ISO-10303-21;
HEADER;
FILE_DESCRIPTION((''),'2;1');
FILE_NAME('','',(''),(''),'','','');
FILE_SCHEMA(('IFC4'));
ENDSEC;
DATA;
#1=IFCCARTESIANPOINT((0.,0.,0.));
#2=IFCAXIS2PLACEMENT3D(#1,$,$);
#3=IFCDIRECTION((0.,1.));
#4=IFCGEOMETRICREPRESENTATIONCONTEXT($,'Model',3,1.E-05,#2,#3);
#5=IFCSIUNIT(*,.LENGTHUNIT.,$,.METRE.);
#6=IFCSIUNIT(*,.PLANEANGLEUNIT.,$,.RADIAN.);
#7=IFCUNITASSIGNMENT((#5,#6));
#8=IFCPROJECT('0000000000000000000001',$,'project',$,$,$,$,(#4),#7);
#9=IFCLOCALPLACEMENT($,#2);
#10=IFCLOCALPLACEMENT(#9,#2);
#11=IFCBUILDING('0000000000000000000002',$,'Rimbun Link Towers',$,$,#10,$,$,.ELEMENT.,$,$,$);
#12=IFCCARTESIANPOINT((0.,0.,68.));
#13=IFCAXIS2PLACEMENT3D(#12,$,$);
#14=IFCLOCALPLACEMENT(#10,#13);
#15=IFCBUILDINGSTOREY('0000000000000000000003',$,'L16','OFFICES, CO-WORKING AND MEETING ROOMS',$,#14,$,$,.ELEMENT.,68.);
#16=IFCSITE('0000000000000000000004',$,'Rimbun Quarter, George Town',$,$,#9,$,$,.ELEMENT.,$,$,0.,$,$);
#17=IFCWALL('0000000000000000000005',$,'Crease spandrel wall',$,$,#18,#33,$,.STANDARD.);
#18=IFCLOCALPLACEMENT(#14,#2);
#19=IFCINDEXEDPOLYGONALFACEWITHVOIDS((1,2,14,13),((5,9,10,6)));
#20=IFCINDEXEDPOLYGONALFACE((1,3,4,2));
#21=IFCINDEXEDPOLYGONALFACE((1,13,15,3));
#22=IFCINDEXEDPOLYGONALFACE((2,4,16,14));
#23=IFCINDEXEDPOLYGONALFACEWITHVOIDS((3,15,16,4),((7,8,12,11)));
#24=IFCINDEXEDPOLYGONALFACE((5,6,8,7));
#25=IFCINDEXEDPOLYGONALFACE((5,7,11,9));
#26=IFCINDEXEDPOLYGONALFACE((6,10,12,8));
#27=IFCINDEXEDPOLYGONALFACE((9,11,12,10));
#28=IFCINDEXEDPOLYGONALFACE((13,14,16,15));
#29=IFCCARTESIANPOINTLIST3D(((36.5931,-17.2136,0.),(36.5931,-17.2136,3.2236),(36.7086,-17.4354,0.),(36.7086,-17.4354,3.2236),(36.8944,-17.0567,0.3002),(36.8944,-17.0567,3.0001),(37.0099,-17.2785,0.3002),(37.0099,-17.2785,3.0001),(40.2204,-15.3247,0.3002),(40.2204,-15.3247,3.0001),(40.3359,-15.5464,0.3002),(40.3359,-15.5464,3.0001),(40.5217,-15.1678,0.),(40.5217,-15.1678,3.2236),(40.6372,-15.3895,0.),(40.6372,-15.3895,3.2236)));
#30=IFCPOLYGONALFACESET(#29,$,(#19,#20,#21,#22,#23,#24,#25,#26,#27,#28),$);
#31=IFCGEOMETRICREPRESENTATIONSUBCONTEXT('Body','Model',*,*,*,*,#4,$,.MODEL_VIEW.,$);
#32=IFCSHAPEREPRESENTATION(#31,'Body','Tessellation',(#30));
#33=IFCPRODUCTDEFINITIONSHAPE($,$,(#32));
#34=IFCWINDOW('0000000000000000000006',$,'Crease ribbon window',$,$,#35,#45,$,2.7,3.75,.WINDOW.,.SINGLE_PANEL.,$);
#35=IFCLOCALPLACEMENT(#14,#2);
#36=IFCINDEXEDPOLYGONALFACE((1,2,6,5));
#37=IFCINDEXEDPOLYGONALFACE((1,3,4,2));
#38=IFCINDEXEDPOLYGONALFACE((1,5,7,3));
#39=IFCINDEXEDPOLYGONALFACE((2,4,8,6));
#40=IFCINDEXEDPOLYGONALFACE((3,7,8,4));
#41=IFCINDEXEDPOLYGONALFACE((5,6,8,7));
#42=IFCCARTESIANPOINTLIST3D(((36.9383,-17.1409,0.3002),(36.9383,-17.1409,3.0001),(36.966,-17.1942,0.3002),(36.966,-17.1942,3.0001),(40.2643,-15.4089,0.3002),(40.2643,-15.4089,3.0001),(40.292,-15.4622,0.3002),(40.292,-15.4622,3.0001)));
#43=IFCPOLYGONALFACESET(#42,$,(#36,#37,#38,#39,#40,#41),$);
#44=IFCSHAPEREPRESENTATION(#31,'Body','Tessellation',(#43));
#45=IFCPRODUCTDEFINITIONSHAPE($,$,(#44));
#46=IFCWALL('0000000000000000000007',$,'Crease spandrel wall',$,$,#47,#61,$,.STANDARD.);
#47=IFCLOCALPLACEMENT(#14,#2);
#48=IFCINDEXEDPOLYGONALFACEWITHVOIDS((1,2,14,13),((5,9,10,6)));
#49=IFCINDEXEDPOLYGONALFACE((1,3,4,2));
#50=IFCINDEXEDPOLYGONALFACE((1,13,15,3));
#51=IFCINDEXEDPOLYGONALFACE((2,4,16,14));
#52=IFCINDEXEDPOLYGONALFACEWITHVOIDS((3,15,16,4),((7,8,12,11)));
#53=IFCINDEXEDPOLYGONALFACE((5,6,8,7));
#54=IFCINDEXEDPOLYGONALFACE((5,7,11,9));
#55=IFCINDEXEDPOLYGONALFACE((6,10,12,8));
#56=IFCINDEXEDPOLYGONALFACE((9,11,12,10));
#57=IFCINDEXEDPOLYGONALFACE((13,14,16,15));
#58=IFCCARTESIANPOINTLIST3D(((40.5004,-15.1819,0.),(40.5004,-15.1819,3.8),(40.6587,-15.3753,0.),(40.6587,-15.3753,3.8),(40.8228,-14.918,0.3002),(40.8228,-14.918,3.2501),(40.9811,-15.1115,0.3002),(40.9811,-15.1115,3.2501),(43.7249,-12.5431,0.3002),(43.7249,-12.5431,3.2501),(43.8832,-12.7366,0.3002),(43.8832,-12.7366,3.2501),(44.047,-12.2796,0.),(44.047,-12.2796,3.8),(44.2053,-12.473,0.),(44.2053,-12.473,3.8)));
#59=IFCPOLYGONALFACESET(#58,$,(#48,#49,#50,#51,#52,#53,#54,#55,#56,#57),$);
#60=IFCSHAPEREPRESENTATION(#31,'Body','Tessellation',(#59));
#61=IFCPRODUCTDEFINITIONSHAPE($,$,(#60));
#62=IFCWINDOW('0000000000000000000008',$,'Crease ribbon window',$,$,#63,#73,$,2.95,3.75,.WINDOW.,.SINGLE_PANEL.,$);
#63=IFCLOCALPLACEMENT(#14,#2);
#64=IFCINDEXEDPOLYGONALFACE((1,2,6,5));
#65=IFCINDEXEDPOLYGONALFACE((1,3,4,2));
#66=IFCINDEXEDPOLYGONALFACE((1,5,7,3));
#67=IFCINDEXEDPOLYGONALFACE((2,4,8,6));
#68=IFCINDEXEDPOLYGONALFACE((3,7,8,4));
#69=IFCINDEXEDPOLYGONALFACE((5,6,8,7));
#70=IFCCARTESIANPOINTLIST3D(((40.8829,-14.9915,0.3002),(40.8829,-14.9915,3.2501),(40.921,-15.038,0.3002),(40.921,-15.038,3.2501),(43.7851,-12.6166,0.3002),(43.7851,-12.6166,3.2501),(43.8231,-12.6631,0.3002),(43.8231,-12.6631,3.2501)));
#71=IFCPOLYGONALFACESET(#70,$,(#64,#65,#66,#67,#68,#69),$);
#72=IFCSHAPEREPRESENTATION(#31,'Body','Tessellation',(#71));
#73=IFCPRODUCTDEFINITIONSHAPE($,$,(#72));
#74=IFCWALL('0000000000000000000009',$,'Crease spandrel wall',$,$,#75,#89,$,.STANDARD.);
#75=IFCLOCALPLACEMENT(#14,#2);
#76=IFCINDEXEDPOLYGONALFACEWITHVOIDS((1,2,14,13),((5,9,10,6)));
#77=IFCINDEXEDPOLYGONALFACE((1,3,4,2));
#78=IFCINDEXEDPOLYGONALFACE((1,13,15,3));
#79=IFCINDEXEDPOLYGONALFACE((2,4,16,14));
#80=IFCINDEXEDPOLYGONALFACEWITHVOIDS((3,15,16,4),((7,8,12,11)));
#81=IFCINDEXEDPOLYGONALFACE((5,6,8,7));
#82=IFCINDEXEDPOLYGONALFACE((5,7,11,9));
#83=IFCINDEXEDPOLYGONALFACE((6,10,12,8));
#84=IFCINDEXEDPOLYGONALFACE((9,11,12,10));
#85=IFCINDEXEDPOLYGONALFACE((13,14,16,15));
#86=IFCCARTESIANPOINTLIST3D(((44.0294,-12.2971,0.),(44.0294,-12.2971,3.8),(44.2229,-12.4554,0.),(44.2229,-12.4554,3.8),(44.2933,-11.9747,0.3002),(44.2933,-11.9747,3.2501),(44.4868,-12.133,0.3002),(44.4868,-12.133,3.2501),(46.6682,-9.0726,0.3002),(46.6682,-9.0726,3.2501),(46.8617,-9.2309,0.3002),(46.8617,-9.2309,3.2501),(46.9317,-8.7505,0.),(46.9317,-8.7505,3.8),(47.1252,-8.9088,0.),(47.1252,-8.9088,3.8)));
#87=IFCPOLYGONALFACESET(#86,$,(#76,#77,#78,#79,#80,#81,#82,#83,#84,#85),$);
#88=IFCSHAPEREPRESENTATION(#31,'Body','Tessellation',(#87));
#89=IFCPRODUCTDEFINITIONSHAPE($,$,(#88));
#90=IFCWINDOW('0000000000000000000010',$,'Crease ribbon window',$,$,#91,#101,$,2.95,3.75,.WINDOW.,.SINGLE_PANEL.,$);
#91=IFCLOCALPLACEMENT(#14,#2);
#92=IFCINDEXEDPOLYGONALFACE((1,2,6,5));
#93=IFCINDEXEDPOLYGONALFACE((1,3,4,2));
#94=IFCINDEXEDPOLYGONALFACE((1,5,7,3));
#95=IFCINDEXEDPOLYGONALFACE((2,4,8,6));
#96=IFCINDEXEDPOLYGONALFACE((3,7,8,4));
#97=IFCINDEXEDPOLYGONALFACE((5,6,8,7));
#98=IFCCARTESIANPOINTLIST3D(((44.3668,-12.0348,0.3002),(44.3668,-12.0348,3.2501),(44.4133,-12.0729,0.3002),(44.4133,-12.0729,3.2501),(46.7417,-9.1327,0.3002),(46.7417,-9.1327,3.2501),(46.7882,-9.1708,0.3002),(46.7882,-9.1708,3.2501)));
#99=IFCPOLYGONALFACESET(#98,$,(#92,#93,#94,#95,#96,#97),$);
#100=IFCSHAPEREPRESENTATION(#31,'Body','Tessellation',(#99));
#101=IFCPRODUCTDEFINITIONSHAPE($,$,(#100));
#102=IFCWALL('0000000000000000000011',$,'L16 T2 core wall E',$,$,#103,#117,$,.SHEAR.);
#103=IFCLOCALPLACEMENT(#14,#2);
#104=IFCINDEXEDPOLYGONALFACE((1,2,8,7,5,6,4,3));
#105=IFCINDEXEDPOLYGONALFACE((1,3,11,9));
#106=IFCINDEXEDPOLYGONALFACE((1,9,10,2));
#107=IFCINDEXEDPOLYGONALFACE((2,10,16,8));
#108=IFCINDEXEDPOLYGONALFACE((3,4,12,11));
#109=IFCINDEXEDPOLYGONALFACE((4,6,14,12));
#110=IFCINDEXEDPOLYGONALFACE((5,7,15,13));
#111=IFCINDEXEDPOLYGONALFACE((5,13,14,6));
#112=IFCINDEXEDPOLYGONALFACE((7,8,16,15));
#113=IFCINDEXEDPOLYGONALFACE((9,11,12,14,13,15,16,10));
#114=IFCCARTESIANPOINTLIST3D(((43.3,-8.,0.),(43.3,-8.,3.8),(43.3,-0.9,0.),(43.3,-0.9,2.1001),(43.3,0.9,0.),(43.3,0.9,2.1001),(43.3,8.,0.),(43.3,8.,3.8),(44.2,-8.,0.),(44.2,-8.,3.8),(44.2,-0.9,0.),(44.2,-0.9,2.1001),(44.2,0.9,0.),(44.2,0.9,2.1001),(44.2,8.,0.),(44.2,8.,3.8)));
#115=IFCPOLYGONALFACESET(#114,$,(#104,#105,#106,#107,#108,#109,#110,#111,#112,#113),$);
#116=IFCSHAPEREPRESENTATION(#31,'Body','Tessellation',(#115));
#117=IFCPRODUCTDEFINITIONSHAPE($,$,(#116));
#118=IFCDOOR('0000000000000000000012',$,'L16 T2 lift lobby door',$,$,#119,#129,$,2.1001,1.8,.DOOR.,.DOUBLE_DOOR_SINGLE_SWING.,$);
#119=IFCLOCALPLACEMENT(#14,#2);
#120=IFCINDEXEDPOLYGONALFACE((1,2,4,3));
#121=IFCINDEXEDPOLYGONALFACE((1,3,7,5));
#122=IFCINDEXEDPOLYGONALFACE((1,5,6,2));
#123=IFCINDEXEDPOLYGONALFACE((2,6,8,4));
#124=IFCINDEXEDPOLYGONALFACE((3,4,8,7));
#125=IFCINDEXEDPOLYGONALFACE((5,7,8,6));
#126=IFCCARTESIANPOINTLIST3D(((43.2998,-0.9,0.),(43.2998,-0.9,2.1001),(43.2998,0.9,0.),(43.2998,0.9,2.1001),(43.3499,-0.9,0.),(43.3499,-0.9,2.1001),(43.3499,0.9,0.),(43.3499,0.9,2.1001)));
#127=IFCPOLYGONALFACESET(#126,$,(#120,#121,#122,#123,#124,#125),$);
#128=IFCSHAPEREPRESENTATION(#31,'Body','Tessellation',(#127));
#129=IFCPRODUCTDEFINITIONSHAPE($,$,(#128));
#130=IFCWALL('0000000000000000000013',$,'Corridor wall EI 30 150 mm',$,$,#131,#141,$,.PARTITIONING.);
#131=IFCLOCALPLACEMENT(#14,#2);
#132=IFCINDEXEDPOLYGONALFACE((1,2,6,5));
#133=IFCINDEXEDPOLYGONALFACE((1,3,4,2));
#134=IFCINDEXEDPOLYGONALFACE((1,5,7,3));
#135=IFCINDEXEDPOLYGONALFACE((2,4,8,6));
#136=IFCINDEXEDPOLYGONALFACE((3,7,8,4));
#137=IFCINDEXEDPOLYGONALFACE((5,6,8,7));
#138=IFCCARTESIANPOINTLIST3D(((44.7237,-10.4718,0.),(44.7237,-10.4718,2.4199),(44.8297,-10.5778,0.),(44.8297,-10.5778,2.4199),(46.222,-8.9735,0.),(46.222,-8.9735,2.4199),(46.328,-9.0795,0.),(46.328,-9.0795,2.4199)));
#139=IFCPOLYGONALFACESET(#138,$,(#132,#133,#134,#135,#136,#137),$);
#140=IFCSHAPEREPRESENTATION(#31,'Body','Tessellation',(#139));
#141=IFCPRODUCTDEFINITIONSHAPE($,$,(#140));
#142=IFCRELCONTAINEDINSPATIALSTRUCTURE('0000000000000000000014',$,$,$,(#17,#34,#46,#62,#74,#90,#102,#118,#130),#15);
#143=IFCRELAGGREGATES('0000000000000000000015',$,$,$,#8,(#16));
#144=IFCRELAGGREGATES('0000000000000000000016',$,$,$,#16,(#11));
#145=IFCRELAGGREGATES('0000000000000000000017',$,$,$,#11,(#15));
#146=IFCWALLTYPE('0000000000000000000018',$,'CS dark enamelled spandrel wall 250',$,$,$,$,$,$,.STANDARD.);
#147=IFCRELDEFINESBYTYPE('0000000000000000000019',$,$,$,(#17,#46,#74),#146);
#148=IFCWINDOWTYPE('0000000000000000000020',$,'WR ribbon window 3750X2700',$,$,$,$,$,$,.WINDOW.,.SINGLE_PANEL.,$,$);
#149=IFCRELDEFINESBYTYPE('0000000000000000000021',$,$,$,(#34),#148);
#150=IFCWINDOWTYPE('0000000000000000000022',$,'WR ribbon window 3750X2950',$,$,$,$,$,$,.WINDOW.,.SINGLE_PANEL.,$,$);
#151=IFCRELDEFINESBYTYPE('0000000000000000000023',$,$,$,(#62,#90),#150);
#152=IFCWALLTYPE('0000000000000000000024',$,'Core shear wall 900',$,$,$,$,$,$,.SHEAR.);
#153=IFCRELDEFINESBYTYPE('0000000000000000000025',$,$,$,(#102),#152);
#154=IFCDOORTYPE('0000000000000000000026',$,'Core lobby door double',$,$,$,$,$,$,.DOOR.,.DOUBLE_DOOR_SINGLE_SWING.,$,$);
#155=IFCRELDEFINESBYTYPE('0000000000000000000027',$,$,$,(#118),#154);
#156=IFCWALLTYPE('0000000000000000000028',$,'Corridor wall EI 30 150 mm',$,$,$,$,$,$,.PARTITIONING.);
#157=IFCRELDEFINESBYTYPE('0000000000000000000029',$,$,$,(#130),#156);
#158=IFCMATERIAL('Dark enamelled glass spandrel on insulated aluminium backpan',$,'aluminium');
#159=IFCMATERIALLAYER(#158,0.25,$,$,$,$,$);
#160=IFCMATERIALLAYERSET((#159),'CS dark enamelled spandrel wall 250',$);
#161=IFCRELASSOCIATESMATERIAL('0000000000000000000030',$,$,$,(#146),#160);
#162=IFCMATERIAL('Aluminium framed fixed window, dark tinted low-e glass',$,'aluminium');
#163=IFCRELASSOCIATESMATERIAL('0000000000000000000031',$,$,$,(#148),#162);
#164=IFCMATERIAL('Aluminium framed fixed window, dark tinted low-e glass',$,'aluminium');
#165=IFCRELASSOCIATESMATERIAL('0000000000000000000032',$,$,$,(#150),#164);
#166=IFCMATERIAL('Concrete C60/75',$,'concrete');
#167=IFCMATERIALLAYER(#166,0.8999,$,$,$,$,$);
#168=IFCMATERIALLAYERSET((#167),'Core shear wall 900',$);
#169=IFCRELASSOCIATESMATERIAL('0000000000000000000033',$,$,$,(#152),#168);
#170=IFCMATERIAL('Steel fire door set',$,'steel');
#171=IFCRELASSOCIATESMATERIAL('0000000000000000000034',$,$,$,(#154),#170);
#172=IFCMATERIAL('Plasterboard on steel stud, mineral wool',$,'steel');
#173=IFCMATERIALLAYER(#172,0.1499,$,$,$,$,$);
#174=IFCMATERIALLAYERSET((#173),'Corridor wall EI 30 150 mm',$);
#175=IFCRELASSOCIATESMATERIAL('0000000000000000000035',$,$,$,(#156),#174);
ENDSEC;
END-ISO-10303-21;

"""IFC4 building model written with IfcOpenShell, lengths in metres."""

from ifc_helpers import new_model, si_unit, direction, frame, frame_2d, origin, place, context, subcontext, project, spatial, rectangle, extrude, material, layer, layer_set, type_object, element, fill, save


model = new_model("IFC4")

# Units and contexts
model_context = context("Model", 3, precision=1e-05, world=origin(), true_north=direction((0.0, 1.0)))
body_context = subcontext(model_context, "Body", "Model", "MODEL_VIEW")
ifc_project = project(units=[si_unit("LENGTHUNIT", "METRE"), si_unit("PLANEANGLEUNIT", "RADIAN")], contexts=[model_context])

# Site, building, storey
site_placement = place(None, origin())
site = spatial("IfcSite", under=ifc_project, at=site_placement, Name="Rimbun Quarter, George Town", CompositionType="ELEMENT", RefElevation=0.0)
building_placement = place(site_placement, origin())
building = spatial("IfcBuilding", under=site, at=building_placement, Name="Rimbun Link Towers", CompositionType="ELEMENT")
storey_placement = place(building_placement, frame((0.0, 0.0, 68.0)))
storey = spatial("IfcBuildingStorey", under=building, at=storey_placement, Name="L16", Description="OFFICES, CO-WORKING AND MEETING ROOMS", CompositionType="ELEMENT", Elevation=68.0)

# Walls, openings, windows
ifc_material_1 = material(Name="Dark enamelled glass spandrel on insulated aluminium backpan", Category="aluminium")
ifc_layer_1 = layer(ifc_material_1, 0.25)
ifc_layer_set_1 = layer_set([ifc_layer_1], Name="CS dark enamelled spandrel wall 250")
wall_type_1 = type_object("IfcWallType", Name="CS dark enamelled spandrel wall 250", PredefinedType="STANDARD", material=ifc_layer_set_1)
wall_1_placement = place(storey_placement, frame((40.5796, -15.2786, 0.0), z_axis=(0.0, 0.0, 1.0), x_axis=(-0.886942, -0.46188, 0.0)))
wall_1 = element("IfcWall", 1, at=wall_1_placement, inside=storey, type_object=wall_type_1, Name="Crease spandrel wall", PredefinedType="STANDARD", context=body_context, shape_type="SweptSolid", body=[
    extrude(rectangle(XDim=4.4294, YDim=0.25, at=frame_2d((2.2148, 0.0))), origin(), (0.0, 0.0, 1.0), 3.2236),
])
opening_1_placement = place(wall_1_placement, frame((0.3398, 0.0, 0.3)))
opening_1 = element("IfcOpeningElement", 2, at=opening_1_placement, cuts=wall_1, PredefinedType="OPENING", context=body_context, shape_type="SweptSolid", body=[
    extrude(rectangle(XDim=3.75, YDim=2.7, at=frame_2d((1.875, 1.3501))), frame((0.0, 0.135, 0.0), z_axis=(0.0, -1.0, 0.0), x_axis=(1.0, 0.0, 0.0)), (0.0, 0.0, 1.0), 0.27),
])
ifc_material_2 = material(Name="Aluminium framed fixed window, dark tinted low-e glass", Category="aluminium")
window_type_1 = type_object("IfcWindowType", Name="WR ribbon window 3750X2700", PartitioningType="SINGLE_PANEL", PredefinedType="WINDOW", material=ifc_material_2)
window_1_placement = place(opening_1_placement, origin())
window_1 = element("IfcWindow", 3, at=window_1_placement, inside=storey, type_object=window_type_1, Name="Crease ribbon window", OverallHeight=2.7, OverallWidth=3.75, PartitioningType="SINGLE_PANEL", PredefinedType="WINDOW", context=body_context, shape_type="SweptSolid", body=[
    extrude(rectangle(XDim=3.75, YDim=2.7, at=frame_2d((1.875, 1.3501))), frame((0.0, 0.03, 0.0), z_axis=(0.0, -1.0, 0.0), x_axis=(1.0, 0.0, 0.0)), (0.0, 0.0, 1.0), 0.0601),
])
fill(opening_1, window_1)
wall_2_placement = place(storey_placement, frame((44.1262, -12.3762, 0.0), z_axis=(0.0, 0.0, 1.0), x_axis=(-0.773898, -0.63331, 0.0)))
wall_2 = element("IfcWall", 4, at=wall_2_placement, inside=storey, type_object=wall_type_1, Name="Crease spandrel wall", PredefinedType="STANDARD", context=body_context, shape_type="SweptSolid", body=[
    extrude(rectangle(XDim=4.5828, YDim=0.25, at=frame_2d((2.2915, 0.0))), origin(), (0.0, 0.0, 1.0), 3.8),
])
opening_2_placement = place(wall_2_placement, frame((0.4163, 0.0, 0.3)))
opening_2 = element("IfcOpeningElement", 5, at=opening_2_placement, cuts=wall_2, PredefinedType="OPENING", context=body_context, shape_type="SweptSolid", body=[
    extrude(rectangle(XDim=3.75, YDim=2.95, at=frame_2d((1.875, 1.4751))), frame((0.0, 0.135, 0.0), z_axis=(0.0, -1.0, 0.0), x_axis=(1.0, 0.0, 0.0)), (0.0, 0.0, 1.0), 0.27),
])
ifc_material_3 = material(Name="Aluminium framed fixed window, dark tinted low-e glass", Category="aluminium")
window_type_2 = type_object("IfcWindowType", Name="WR ribbon window 3750X2950", PartitioningType="SINGLE_PANEL", PredefinedType="WINDOW", material=ifc_material_3)
window_2_placement = place(opening_2_placement, origin())
window_2 = element("IfcWindow", 6, at=window_2_placement, inside=storey, type_object=window_type_2, Name="Crease ribbon window", OverallHeight=2.95, OverallWidth=3.75, PartitioningType="SINGLE_PANEL", PredefinedType="WINDOW", context=body_context, shape_type="SweptSolid", body=[
    extrude(rectangle(XDim=3.75, YDim=2.95, at=frame_2d((1.875, 1.4751))), frame((0.0, 0.03, 0.0), z_axis=(0.0, -1.0, 0.0), x_axis=(1.0, 0.0, 0.0)), (0.0, 0.0, 1.0), 0.0601),
])
fill(opening_2, window_2)
wall_3_placement = place(storey_placement, frame((47.0286, -8.8296, 0.0), z_axis=(0.0, 0.0, 1.0), x_axis=(-0.63331, -0.773898, 0.0)))
wall_3 = element("IfcWall", 7, at=wall_3_placement, inside=storey, type_object=wall_type_1, Name="Crease spandrel wall", PredefinedType="STANDARD", context=body_context, shape_type="SweptSolid", body=[
    extrude(rectangle(XDim=4.5828, YDim=0.25, at=frame_2d((2.2915, 0.0))), origin(), (0.0, 0.0, 1.0), 3.8),
])
opening_3_placement = place(wall_3_placement, frame((0.4163, 0.0, 0.3)))
opening_3 = element("IfcOpeningElement", 8, at=opening_3_placement, cuts=wall_3, PredefinedType="OPENING", context=body_context, shape_type="SweptSolid", body=[
    extrude(rectangle(XDim=3.75, YDim=2.95, at=frame_2d((1.875, 1.4751))), frame((0.0, 0.135, 0.0), z_axis=(0.0, -1.0, 0.0), x_axis=(1.0, 0.0, 0.0)), (0.0, 0.0, 1.0), 0.27),
])
window_3_placement = place(opening_3_placement, origin())
window_3 = element("IfcWindow", 9, at=window_3_placement, inside=storey, type_object=window_type_2, Name="Crease ribbon window", OverallHeight=2.95, OverallWidth=3.75, PartitioningType="SINGLE_PANEL", PredefinedType="WINDOW", context=body_context, shape_type="SweptSolid", body=[
    extrude(rectangle(XDim=3.75, YDim=2.95, at=frame_2d((1.875, 1.4751))), frame((0.0, 0.03, 0.0), z_axis=(0.0, -1.0, 0.0), x_axis=(1.0, 0.0, 0.0)), (0.0, 0.0, 1.0), 0.0601),
])
fill(opening_3, window_3)

# Wall, opening, door
ifc_material_4 = material(Name="Concrete C60/75", Category="concrete")
ifc_layer_2 = layer(ifc_material_4, 0.8999)
ifc_layer_set_2 = layer_set([ifc_layer_2], Name="Core shear wall 900")
wall_type_2 = type_object("IfcWallType", Name="Core shear wall 900", PredefinedType="SHEAR", material=ifc_layer_set_2)
wall_4_placement = place(storey_placement, frame((43.75, -8.0, 0.0), z_axis=(0.0, 0.0, 1.0), x_axis=(0.0, 1.0, 0.0)))
wall_4 = element("IfcWall", 10, at=wall_4_placement, inside=storey, type_object=wall_type_2, Name="L16 T2 core wall E", PredefinedType="SHEAR", context=body_context, shape_type="SweptSolid", body=[
    extrude(rectangle(XDim=16.0, YDim=0.8999, at=frame_2d((8.0, 0.0))), origin(), (0.0, 0.0, 1.0), 3.8),
])
opening_4_placement = place(wall_4_placement, frame((7.1001, 0.0, 0.0)))
opening_4 = element("IfcOpeningElement", 11, at=opening_4_placement, cuts=wall_4, PredefinedType="OPENING", context=body_context, shape_type="SweptSolid", body=[
    extrude(rectangle(XDim=1.8, YDim=2.1001, at=frame_2d((0.8999, 1.05))), frame((0.0, 0.46, 0.0), z_axis=(0.0, -1.0, 0.0), x_axis=(1.0, 0.0, 0.0)), (0.0, 0.0, 1.0), 0.9199),
])
ifc_material_5 = material(Name="Steel fire door set", Category="steel")
door_type_1 = type_object("IfcDoorType", Name="Core lobby door double", OperationType="DOUBLE_DOOR_SINGLE_SWING", PredefinedType="DOOR", material=ifc_material_5)
door_1_placement = place(opening_4_placement, origin())
door_1 = element("IfcDoor", 12, at=door_1_placement, inside=storey, type_object=door_type_1, Name="L16 T2 lift lobby door", OperationType="DOUBLE_DOOR_SINGLE_SWING", OverallHeight=2.1001, OverallWidth=1.8, PredefinedType="DOOR", context=body_context, shape_type="SweptSolid", body=[
    extrude(rectangle(XDim=1.8, YDim=2.1001, at=frame_2d((0.8999, 1.05))), frame((0.0, 0.4502, 0.0), z_axis=(0.0, -1.0, 0.0), x_axis=(1.0, 0.0, 0.0)), (0.0, 0.0, 1.0), 0.05),
])
fill(opening_4, door_1)

# Wall
ifc_material_6 = material(Name="Plasterboard on steel stud, mineral wool", Category="steel")
ifc_layer_3 = layer(ifc_material_6, 0.1499)
ifc_layer_set_3 = layer_set([ifc_layer_3], Name="Corridor wall EI 30 150 mm")
wall_type_3 = type_object("IfcWallType", Name="Corridor wall EI 30 150 mm", PredefinedType="PARTITIONING", material=ifc_layer_set_3)
wall_5_placement = place(storey_placement, frame((44.7766, -10.5249, 0.0), z_axis=(0.0, 0.0, 1.0), x_axis=(0.707107, 0.707107, 0.0)))
element("IfcWall", 13, at=wall_5_placement, inside=storey, type_object=wall_type_3, Name="Corridor wall EI 30 150 mm", PredefinedType="PARTITIONING", context=body_context, shape_type="SweptSolid", body=[
    extrude(rectangle(XDim=2.1189, YDim=0.1499, at=frame_2d((1.0596, 0.0))), origin(), (0.0, 0.0, 1.0), 2.4199),
])

save(model, "model.ifc")
